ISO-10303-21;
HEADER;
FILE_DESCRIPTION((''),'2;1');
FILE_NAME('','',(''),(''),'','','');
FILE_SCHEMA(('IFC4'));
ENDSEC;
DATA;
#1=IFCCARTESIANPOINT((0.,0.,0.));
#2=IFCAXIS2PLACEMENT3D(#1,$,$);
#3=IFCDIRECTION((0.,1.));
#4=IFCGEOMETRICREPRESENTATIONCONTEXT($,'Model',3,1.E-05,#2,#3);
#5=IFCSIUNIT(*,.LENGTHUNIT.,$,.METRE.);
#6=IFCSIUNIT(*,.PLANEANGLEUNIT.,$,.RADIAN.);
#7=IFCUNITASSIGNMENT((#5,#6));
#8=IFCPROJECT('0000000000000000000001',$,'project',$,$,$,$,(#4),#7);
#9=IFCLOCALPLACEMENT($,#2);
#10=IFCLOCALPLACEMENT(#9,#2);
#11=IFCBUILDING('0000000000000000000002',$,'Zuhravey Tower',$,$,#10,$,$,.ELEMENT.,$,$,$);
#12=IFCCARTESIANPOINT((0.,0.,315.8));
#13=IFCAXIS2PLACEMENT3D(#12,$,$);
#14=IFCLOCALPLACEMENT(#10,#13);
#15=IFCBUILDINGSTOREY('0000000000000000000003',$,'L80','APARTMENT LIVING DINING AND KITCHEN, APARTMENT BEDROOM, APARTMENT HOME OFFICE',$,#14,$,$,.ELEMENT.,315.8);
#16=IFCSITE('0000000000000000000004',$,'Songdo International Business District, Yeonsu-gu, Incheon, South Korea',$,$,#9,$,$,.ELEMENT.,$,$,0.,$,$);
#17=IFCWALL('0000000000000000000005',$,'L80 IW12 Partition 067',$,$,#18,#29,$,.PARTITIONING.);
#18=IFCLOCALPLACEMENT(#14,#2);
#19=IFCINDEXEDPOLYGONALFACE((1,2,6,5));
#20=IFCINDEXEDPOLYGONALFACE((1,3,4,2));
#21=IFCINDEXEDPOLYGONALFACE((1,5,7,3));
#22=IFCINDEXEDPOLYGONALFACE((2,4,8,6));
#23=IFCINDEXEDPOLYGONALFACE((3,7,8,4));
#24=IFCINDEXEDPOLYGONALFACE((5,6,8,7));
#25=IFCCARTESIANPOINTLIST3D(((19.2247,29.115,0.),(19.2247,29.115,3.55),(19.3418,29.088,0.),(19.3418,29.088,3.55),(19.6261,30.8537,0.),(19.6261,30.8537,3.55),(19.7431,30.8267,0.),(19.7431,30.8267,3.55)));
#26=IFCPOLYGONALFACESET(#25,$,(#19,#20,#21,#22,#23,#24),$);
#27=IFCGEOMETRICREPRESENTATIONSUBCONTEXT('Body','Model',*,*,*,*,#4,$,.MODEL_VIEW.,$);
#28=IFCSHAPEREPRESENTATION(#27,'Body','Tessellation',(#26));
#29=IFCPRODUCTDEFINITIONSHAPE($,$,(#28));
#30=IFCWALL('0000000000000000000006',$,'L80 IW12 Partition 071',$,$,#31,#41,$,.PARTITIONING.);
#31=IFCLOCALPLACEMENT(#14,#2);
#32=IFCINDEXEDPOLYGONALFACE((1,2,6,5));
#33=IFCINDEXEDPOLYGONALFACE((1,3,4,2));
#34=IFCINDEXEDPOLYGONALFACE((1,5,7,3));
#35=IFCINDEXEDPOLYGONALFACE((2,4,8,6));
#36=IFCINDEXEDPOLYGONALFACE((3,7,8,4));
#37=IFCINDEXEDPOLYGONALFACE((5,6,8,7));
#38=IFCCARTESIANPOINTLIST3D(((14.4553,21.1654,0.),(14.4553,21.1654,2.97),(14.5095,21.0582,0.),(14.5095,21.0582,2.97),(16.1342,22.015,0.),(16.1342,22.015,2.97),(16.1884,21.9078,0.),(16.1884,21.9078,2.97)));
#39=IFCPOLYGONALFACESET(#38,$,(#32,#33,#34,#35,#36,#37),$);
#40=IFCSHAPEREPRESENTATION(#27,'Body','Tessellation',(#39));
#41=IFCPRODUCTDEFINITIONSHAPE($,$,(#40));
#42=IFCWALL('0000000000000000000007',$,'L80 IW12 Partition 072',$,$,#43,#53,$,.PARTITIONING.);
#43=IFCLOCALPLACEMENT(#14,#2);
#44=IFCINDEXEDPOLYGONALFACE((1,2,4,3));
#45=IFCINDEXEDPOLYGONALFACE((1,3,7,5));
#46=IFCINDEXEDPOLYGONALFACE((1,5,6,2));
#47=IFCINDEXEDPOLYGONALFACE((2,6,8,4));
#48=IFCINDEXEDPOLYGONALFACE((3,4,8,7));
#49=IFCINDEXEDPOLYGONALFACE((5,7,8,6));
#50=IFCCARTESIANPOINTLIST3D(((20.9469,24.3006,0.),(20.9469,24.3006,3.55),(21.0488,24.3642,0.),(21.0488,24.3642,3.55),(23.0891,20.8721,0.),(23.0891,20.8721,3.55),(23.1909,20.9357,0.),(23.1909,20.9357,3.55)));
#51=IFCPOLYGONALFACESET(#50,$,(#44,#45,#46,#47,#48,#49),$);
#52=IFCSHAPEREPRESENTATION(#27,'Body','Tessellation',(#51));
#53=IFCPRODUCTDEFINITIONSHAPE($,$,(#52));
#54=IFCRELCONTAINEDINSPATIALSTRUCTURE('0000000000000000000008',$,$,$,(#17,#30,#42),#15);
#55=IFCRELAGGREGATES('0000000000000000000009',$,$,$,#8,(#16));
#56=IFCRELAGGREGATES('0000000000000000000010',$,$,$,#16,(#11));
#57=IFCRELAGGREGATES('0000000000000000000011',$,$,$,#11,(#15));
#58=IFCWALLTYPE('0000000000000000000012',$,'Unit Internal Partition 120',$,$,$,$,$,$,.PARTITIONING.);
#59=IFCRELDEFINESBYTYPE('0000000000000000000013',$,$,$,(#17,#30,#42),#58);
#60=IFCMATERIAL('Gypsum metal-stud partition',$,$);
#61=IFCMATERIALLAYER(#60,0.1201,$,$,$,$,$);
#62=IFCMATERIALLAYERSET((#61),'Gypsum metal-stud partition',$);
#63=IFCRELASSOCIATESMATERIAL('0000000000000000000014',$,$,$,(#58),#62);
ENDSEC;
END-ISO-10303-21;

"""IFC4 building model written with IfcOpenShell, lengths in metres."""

from ifc_helpers import new_model, si_unit, direction, frame, frame_2d, origin, place, context, subcontext, project, spatial, rectangle, extrude, material, layer, layer_set, type_object, element, save


model = new_model("IFC4")

# Units and contexts
model_context = context("Model", 3, precision=1e-05, world=origin(), true_north=direction((0.0, 1.0)))
body_context = subcontext(model_context, "Body", "Model", "MODEL_VIEW")
ifc_project = project(units=[si_unit("LENGTHUNIT", "METRE"), si_unit("PLANEANGLEUNIT", "RADIAN")], contexts=[model_context])

# Site, building, storey
site_placement = place(None, origin())
site = spatial("IfcSite", under=ifc_project, at=site_placement, Name="Songdo International Business District, Yeonsu-gu, Incheon, South Korea", CompositionType="ELEMENT", RefElevation=0.0)
building_placement = place(site_placement, origin())
building = spatial("IfcBuilding", under=site, at=building_placement, Name="Zuhravey Tower", CompositionType="ELEMENT")
storey_placement = place(building_placement, frame((0.0, 0.0, 315.8)))
storey = spatial("IfcBuildingStorey", under=building, at=storey_placement, Name="L80", Description="APARTMENT LIVING DINING AND KITCHEN, APARTMENT BEDROOM, APARTMENT HOME OFFICE", CompositionType="ELEMENT", Elevation=315.8)

# Shared definitions
ifc_material_1 = material(Name="Gypsum metal-stud partition")
ifc_layer_1 = layer(ifc_material_1, 0.1201)
ifc_layer_set_1 = layer_set([ifc_layer_1], Name="Gypsum metal-stud partition")
wall_type_1 = type_object("IfcWallType", Name="Unit Internal Partition 120", PredefinedType="PARTITIONING", material=ifc_layer_set_1)

# Walls
wall_1_placement = place(storey_placement, frame((19.6846, 30.8401, 0.0), z_axis=(0.0, 0.0, 1.0), x_axis=(-0.224919, -0.974377, 0.0)))
element("IfcWall", 1, at=wall_1_placement, inside=storey, type_object=wall_type_1, Name="L80 IW12 Partition 067", PredefinedType="PARTITIONING", context=body_context, shape_type="SweptSolid", body=[
    extrude(rectangle(XDim=1.7844, YDim=0.1201, at=frame_2d((0.8921, 0.0))), origin(), (0.0, 0.0, 1.0), 3.55),
])
wall_2_placement = place(storey_placement, frame((16.1614, 21.9614, 0.0), z_axis=(0.0, 0.0, 1.0), x_axis=(-0.892263, -0.451516, 0.0)))
element("IfcWall", 2, at=wall_2_placement, inside=storey, type_object=wall_type_1, Name="L80 IW12 Partition 071", PredefinedType="PARTITIONING", context=body_context, shape_type="SweptSolid", body=[
    extrude(rectangle(XDim=1.8816, YDim=0.1201, at=frame_2d((0.9409, 0.0))), origin(), (0.0, 0.0, 1.0), 2.97),
])
wall_3_placement = place(storey_placement, frame((20.9978, 24.3325, 0.0), z_axis=(0.0, 0.0, 1.0), x_axis=(0.529874, -0.848076, 0.0)))
element("IfcWall", 3, at=wall_3_placement, inside=storey, type_object=wall_type_1, Name="L80 IW12 Partition 072", PredefinedType="PARTITIONING", context=body_context, shape_type="SweptSolid", body=[
    extrude(rectangle(XDim=4.0427, YDim=0.1201, at=frame_2d((2.0215, 0.0))), origin(), (0.0, 0.0, 1.0), 3.55),
])

save(model, "model.ifc")
